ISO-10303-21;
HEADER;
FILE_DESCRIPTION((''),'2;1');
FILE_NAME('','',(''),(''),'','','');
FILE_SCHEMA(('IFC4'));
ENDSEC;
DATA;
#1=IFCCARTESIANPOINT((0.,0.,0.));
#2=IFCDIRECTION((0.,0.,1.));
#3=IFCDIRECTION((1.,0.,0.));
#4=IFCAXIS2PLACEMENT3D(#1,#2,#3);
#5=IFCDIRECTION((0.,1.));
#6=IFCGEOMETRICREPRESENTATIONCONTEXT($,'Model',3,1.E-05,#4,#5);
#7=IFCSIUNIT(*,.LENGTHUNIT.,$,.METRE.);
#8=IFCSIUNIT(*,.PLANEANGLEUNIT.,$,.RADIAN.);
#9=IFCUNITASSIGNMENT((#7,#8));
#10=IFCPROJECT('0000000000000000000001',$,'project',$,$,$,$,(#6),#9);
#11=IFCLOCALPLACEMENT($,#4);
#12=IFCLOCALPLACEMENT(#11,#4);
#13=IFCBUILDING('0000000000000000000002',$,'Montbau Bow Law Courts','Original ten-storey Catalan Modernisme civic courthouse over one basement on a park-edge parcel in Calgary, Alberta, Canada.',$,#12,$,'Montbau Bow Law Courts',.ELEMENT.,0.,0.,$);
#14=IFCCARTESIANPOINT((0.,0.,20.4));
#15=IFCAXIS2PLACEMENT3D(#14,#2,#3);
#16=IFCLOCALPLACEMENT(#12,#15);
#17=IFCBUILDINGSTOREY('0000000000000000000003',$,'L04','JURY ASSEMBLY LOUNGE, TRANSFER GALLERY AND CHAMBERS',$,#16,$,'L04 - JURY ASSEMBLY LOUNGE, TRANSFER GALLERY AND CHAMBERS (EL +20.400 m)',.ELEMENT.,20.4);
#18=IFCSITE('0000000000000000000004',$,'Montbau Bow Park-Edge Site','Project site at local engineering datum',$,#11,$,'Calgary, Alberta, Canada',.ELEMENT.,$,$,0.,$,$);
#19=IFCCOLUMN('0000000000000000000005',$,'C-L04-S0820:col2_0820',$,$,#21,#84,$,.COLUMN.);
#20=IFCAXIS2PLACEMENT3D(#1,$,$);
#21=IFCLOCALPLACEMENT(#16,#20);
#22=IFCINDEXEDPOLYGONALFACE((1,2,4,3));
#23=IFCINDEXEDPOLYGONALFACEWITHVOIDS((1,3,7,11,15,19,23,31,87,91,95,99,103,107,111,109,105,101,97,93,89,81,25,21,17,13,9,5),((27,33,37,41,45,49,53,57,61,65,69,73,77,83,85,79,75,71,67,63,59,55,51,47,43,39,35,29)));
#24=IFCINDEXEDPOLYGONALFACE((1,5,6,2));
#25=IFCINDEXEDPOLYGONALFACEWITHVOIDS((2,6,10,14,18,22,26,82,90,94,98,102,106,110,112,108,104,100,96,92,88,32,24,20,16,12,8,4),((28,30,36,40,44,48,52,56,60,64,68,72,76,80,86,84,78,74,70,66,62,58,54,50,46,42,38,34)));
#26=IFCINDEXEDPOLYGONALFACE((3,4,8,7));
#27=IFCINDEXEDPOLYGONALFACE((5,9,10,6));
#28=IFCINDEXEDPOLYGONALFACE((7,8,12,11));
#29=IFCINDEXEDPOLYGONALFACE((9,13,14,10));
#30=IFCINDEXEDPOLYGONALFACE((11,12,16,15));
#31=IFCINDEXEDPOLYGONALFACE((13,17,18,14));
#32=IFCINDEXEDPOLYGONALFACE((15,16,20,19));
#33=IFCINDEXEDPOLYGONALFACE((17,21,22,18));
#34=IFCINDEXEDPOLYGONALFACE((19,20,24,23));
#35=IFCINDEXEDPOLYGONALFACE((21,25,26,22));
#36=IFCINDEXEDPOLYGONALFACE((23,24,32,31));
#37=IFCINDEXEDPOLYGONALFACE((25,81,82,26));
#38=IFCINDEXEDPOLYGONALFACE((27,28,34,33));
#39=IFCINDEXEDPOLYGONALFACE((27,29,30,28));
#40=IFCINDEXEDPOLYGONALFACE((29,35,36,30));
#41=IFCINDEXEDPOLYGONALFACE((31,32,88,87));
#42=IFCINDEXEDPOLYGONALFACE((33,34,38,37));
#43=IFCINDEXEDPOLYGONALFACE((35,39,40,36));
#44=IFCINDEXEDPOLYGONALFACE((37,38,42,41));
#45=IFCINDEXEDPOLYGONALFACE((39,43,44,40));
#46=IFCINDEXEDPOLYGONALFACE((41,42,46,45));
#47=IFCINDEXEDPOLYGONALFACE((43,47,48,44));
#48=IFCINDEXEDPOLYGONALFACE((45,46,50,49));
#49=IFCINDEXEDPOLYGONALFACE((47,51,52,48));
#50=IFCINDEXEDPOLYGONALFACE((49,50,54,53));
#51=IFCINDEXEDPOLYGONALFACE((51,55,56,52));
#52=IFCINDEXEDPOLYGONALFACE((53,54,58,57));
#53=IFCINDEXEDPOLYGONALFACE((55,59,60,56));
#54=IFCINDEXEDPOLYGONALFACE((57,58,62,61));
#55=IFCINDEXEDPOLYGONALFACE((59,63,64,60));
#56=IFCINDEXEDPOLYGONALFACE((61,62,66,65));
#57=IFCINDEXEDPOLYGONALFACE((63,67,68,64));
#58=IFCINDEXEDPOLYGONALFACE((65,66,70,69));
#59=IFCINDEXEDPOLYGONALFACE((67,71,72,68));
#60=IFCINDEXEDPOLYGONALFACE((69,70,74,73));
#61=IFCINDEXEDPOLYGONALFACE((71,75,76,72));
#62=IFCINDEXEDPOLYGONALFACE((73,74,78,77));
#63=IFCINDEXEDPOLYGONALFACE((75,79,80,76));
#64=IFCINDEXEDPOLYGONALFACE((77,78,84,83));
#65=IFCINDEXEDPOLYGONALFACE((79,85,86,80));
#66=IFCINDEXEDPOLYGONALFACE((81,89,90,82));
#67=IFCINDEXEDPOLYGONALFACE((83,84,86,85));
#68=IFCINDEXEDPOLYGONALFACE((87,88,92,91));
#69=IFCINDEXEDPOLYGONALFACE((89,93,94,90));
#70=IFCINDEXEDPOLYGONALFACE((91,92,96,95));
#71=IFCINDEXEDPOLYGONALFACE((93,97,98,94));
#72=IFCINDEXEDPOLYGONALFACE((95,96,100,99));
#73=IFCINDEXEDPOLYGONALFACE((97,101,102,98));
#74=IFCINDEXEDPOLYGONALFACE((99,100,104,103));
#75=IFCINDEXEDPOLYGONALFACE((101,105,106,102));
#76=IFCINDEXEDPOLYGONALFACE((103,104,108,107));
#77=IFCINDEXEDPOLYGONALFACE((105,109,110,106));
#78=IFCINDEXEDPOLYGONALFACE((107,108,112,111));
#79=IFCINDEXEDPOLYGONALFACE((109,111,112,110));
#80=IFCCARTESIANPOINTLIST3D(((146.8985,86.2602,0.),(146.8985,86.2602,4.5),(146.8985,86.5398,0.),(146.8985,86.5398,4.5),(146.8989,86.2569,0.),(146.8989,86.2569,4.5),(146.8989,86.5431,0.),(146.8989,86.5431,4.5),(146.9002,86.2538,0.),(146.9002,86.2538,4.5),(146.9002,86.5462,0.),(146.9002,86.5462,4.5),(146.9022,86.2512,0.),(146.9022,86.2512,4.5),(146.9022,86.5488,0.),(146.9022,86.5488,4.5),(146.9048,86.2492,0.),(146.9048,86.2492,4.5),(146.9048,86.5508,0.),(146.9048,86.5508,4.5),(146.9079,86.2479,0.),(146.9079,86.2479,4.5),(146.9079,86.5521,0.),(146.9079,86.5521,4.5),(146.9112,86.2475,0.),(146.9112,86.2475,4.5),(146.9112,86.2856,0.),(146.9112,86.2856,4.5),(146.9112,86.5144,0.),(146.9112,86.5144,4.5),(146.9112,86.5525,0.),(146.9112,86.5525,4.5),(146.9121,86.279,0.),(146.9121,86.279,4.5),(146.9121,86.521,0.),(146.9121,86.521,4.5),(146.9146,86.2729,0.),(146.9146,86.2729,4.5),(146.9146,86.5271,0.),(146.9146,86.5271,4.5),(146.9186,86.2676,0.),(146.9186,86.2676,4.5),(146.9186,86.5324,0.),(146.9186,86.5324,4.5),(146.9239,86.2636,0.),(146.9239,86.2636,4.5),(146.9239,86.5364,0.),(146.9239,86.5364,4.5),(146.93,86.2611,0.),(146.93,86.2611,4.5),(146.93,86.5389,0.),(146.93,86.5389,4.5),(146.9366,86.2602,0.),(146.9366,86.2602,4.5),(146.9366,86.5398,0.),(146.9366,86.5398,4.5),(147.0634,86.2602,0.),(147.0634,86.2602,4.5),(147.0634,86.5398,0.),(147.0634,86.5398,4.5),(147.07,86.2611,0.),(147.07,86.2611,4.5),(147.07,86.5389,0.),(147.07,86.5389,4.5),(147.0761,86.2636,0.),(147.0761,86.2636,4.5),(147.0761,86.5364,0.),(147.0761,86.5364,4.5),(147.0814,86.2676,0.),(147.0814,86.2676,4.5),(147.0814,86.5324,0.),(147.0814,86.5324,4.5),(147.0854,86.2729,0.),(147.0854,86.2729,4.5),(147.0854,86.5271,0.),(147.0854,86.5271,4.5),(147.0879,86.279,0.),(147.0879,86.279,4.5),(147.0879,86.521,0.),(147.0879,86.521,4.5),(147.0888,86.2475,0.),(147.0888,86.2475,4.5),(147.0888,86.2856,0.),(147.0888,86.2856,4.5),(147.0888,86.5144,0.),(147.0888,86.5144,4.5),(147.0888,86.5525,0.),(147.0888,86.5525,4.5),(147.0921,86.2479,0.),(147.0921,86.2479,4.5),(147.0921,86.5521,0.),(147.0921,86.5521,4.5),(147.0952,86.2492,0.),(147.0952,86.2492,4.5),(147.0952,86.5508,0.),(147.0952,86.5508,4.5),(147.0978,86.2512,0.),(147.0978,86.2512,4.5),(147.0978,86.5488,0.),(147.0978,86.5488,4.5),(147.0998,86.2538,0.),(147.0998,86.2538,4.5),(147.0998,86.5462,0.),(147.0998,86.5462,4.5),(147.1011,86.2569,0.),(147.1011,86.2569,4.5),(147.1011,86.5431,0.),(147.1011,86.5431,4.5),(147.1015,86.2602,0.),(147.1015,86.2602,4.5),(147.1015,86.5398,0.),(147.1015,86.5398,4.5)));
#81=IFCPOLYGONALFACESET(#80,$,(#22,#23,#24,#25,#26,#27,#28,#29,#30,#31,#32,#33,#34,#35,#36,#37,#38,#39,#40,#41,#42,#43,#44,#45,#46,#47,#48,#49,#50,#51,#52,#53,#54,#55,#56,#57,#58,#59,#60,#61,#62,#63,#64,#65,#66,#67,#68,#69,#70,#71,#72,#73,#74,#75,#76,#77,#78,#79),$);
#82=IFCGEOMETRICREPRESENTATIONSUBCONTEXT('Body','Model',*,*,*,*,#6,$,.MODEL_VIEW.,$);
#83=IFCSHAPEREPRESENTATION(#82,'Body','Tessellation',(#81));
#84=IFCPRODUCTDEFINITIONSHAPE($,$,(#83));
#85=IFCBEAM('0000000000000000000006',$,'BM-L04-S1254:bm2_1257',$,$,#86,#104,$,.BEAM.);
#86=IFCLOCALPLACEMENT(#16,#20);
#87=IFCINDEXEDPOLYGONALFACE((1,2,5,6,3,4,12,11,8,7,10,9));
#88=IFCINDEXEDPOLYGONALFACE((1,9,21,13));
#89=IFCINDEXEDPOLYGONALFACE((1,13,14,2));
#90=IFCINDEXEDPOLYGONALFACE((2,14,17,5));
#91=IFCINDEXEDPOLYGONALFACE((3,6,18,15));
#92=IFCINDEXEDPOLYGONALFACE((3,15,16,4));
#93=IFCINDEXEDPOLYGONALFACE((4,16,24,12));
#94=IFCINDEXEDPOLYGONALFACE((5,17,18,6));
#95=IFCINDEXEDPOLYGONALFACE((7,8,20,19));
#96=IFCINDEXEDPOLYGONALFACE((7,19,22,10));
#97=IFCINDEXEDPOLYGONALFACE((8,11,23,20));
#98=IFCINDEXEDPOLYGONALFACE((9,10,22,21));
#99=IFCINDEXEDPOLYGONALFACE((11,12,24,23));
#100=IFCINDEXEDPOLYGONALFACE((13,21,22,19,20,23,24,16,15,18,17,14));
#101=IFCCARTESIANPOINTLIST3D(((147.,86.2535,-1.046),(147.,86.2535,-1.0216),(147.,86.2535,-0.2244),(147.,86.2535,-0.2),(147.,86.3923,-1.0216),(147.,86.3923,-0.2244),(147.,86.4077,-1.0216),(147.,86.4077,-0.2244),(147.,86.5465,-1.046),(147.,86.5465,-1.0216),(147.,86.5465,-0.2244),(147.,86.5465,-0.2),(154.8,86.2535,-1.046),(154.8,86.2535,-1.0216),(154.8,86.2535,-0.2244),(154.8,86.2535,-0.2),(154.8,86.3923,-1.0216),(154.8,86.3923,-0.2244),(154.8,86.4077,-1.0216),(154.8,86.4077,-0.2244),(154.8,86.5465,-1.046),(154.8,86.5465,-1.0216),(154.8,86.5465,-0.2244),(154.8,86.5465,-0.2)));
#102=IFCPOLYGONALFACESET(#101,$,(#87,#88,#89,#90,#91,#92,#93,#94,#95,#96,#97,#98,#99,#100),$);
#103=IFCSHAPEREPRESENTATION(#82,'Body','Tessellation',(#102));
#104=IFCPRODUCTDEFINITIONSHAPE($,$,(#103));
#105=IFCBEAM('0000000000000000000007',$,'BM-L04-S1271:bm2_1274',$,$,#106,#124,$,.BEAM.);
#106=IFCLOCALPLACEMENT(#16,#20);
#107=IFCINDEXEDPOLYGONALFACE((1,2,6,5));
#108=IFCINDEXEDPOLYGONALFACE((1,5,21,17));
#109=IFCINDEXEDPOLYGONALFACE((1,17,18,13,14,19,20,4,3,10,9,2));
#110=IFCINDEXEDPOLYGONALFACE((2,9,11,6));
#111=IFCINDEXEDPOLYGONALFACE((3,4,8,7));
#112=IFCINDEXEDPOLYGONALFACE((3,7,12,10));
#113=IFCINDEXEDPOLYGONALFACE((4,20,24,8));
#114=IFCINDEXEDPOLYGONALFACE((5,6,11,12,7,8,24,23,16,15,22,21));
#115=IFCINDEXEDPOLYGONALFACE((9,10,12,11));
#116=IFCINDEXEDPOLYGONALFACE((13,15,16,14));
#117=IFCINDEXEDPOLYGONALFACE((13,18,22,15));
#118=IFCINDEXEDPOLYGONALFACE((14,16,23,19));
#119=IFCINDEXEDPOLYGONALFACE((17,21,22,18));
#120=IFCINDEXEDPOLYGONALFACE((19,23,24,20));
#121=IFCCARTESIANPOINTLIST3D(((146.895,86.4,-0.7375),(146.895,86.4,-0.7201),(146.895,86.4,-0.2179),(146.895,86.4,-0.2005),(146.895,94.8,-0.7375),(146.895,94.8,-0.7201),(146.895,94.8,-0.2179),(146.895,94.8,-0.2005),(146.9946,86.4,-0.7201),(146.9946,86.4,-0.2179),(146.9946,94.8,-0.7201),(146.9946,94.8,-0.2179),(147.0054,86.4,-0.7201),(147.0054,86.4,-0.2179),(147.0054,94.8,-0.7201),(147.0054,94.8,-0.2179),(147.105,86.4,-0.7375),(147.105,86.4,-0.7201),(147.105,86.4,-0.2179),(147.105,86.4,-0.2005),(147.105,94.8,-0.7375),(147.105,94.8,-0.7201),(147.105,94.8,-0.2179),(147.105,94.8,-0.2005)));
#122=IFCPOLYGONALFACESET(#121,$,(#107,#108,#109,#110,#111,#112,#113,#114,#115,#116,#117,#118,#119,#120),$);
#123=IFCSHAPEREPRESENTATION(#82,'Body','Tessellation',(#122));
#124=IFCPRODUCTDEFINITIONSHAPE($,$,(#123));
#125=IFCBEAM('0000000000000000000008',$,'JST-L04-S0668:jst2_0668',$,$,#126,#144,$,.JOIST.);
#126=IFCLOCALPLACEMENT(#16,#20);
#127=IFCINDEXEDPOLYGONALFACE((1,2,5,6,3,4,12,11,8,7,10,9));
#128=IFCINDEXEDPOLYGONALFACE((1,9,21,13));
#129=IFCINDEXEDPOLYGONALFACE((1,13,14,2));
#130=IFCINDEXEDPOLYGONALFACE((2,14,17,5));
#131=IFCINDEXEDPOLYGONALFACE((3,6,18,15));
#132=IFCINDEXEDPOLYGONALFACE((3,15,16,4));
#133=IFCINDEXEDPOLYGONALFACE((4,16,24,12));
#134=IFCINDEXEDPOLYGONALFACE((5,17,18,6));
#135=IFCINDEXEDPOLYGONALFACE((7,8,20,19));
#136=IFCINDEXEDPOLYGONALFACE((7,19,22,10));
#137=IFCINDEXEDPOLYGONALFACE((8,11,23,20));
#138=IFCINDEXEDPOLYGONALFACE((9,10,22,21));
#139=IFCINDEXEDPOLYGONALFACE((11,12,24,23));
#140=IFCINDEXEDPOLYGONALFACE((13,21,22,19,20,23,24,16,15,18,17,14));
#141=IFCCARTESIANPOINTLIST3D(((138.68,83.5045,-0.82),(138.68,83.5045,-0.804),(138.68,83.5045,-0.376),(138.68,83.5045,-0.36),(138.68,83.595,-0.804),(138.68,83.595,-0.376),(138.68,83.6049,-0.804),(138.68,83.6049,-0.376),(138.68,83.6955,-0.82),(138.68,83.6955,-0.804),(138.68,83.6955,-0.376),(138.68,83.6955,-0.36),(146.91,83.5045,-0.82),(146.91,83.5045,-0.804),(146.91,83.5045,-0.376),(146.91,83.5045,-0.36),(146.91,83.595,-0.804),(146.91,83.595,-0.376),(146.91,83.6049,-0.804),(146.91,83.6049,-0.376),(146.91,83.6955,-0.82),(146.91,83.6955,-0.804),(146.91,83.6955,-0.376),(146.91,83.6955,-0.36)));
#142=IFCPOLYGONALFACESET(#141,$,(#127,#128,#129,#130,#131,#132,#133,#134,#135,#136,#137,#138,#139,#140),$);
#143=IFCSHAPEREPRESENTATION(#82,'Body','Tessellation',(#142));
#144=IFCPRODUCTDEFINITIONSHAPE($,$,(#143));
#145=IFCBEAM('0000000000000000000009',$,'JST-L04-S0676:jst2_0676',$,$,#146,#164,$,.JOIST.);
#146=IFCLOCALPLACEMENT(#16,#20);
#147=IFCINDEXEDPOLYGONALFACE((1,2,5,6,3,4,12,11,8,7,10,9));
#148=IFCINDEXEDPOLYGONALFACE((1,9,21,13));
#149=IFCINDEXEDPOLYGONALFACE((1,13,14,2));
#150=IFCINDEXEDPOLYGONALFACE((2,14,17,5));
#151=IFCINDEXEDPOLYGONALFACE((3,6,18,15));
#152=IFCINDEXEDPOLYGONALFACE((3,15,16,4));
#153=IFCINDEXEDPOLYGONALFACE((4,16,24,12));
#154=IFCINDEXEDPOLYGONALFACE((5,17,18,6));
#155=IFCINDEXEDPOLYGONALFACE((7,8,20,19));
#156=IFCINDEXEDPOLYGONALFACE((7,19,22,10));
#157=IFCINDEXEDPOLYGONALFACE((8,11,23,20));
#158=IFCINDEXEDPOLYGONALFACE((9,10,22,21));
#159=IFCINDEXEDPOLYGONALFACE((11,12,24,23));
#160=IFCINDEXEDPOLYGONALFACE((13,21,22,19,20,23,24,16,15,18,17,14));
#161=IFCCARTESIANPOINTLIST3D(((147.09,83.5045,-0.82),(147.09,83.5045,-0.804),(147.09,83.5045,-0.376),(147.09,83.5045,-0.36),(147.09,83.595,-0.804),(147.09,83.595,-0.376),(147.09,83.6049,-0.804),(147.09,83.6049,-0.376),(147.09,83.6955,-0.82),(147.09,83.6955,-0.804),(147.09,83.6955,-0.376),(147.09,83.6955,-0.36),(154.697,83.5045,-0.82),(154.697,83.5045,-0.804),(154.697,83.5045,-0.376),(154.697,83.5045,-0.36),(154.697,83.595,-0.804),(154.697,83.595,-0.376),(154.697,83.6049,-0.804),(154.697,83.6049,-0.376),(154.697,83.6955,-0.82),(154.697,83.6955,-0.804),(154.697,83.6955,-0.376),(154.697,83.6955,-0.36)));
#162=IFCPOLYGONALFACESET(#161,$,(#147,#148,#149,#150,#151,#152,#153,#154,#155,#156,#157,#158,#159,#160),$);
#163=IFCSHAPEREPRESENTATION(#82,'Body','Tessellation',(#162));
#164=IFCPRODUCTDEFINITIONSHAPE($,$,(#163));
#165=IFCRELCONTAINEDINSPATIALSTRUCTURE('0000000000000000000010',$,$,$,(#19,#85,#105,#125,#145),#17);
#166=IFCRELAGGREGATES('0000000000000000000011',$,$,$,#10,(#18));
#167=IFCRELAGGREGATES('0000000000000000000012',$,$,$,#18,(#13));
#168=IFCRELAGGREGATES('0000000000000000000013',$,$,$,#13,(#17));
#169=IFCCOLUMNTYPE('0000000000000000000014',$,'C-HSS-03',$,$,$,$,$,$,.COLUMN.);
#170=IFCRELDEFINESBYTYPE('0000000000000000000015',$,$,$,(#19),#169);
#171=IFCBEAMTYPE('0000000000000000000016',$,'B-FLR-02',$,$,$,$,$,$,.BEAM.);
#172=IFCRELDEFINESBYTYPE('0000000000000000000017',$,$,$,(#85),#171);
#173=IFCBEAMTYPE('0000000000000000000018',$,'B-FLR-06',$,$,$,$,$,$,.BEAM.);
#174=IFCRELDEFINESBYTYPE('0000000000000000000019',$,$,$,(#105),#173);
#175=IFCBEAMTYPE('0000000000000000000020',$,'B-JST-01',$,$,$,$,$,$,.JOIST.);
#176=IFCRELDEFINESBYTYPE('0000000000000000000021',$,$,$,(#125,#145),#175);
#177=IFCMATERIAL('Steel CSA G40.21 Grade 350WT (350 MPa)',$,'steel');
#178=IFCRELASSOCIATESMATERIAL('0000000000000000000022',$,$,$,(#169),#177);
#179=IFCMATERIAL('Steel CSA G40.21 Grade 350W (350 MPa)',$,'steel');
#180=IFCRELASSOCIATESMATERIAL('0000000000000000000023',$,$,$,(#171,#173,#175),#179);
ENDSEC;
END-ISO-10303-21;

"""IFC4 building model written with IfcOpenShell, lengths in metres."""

from ifc_helpers import new_model, si_unit, direction, frame, origin_with_axes, origin_2d_with_axis, place, context, subcontext, project, spatial, hollow_rectangle, i_section, extrude, material, material_profile, profile_set, type_object, element, save


model = new_model("IFC4")

# Units and contexts
model_context = context("Model", 3, precision=1e-05, world=origin_with_axes(), true_north=direction((0.0, 1.0)))
body_context = subcontext(model_context, "Body", "Model", "MODEL_VIEW")
ifc_project = project(units=[si_unit("LENGTHUNIT", "METRE"), si_unit("PLANEANGLEUNIT", "RADIAN")], contexts=[model_context])

# Site, building, storey
site_placement = place(None, origin_with_axes())
site = spatial("IfcSite", under=ifc_project, at=site_placement, Name="Montbau Bow Park-Edge Site", Description="Project site at local engineering datum", LongName="Calgary, Alberta, Canada", CompositionType="ELEMENT", RefElevation=0.0)
building_placement = place(site_placement, origin_with_axes())
building = spatial("IfcBuilding", under=site, at=building_placement, Name="Montbau Bow Law Courts", Description="Original ten-storey Catalan Modernisme civic courthouse over one basement on a park-edge parcel in Calgary, Alberta, Canada.", LongName="Montbau Bow Law Courts", CompositionType="ELEMENT", ElevationOfRefHeight=0.0, ElevationOfTerrain=0.0)
storey_placement = place(building_placement, frame((0.0, 0.0, 20.4), z_axis=(0.0, 0.0, 1.0), x_axis=(1.0, 0.0, 0.0)))
storey = spatial("IfcBuildingStorey", under=building, at=storey_placement, Name="L04", Description="JURY ASSEMBLY LOUNGE, TRANSFER GALLERY AND CHAMBERS", LongName="L04 - JURY ASSEMBLY LOUNGE, TRANSFER GALLERY AND CHAMBERS (EL +20.400 m)", CompositionType="ELEMENT", Elevation=20.4)

# Column
ifc_material_1 = material(Name="Steel CSA G40.21 Grade 350WT (350 MPa)", Category="steel")
ifc_material_profile_1 = material_profile(ifc_material_1, hollow_rectangle(XDim=0.203, YDim=0.305, WallThickness=0.0127, InnerFilletRadius=0.0254, OuterFilletRadius=0.0127, at=origin_2d_with_axis()), Name="HSS305X203X13", Category="Main", Priority=0)
ifc_profile_set_1 = profile_set([ifc_material_profile_1], Name="Steel CSA G40.21 Grade 350WT (350 MPa)")
column_type = type_object("IfcColumnType", Name="C-HSS-03", PredefinedType="COLUMN", material=ifc_profile_set_1)
column_placement = place(None, frame((147.0, 86.4, 20.4), z_axis=(0.0, 0.0, 1.0), x_axis=(1.0, 0.0, 0.0)))
element("IfcColumn", 1, at=column_placement, inside=storey, type_object=column_type, Name="C-L04-S0820:col2_0820", PredefinedType="COLUMN", context=body_context, shape_type="SweptSolid", body=[
    extrude(hollow_rectangle(XDim=0.203, YDim=0.305, WallThickness=0.0127, InnerFilletRadius=0.0254, OuterFilletRadius=0.0127, at=origin_2d_with_axis()), origin_with_axes(), (0.0, 0.0, 1.0), 4.5),
])

# Beams
ifc_material_2 = material(Name="Steel CSA G40.21 Grade 350W (350 MPa)", Category="steel")
ifc_material_profile_2 = material_profile(ifc_material_2, i_section(OverallWidth=0.293, OverallDepth=0.846, WebThickness=0.0154, FlangeThickness=0.0244, at=origin_2d_with_axis()), Name="W840X210", Category="Main", Priority=0)
ifc_profile_set_2 = profile_set([ifc_material_profile_2], Name="Steel CSA G40.21 Grade 350W (350 MPa)")
beam_type_1 = type_object("IfcBeamType", Name="B-FLR-02", PredefinedType="BEAM", material=ifc_profile_set_2)
beam_1_placement = place(None, frame((147.0, 86.4, 19.777), z_axis=(1.0, 0.0, 0.0), x_axis=(0.0, 1.0, 0.0)))
element("IfcBeam", 2, at=beam_1_placement, inside=storey, type_object=beam_type_1, Name="BM-L04-S1254:bm2_1257", PredefinedType="BEAM", context=body_context, shape_type="SweptSolid", body=[
    extrude(i_section(OverallWidth=0.293, OverallDepth=0.846, WebThickness=0.0154, FlangeThickness=0.0244, at=origin_2d_with_axis()), origin_with_axes(), (0.0, 0.0, 1.0), 7.8),
])
ifc_material_profile_3 = material_profile(ifc_material_2, i_section(OverallWidth=0.21, OverallDepth=0.537, WebThickness=0.0109, FlangeThickness=0.0174, at=origin_2d_with_axis()), Name="W530X101", Category="Main", Priority=0)
ifc_profile_set_3 = profile_set([ifc_material_profile_3], Name="Steel CSA G40.21 Grade 350W (350 MPa)")
beam_type_2 = type_object("IfcBeamType", Name="B-FLR-06", PredefinedType="BEAM", material=ifc_profile_set_3)
beam_2_placement = place(None, frame((147.0, 86.4, 19.931), z_axis=(0.0, 1.0, 0.0), x_axis=(-1.0, 0.0, 0.0)))
element("IfcBeam", 3, at=beam_2_placement, inside=storey, type_object=beam_type_2, Name="BM-L04-S1271:bm2_1274", PredefinedType="BEAM", context=body_context, shape_type="SweptSolid", body=[
    extrude(i_section(OverallWidth=0.21, OverallDepth=0.537, WebThickness=0.0109, FlangeThickness=0.0174, at=origin_2d_with_axis()), origin_with_axes(), (0.0, 0.0, 1.0), 8.4),
])
ifc_material_profile_4 = material_profile(ifc_material_2, i_section(OverallWidth=0.191, OverallDepth=0.46, WebThickness=0.0099, FlangeThickness=0.016, at=origin_2d_with_axis()), Name="W460X82", Category="Main", Priority=0)
ifc_profile_set_4 = profile_set([ifc_material_profile_4], Name="Steel CSA G40.21 Grade 350W (350 MPa)")
beam_type_3 = type_object("IfcBeamType", Name="B-JST-01", PredefinedType="JOIST", material=ifc_profile_set_4)
beam_3_placement = place(None, frame((138.68, 83.6, 19.81), z_axis=(1.0, 0.0, 0.0), x_axis=(0.0, 1.0, 0.0)))
element("IfcBeam", 4, at=beam_3_placement, inside=storey, type_object=beam_type_3, Name="JST-L04-S0668:jst2_0668", PredefinedType="JOIST", context=body_context, shape_type="SweptSolid", body=[
    extrude(i_section(OverallWidth=0.191, OverallDepth=0.46, WebThickness=0.0099, FlangeThickness=0.016, at=origin_2d_with_axis()), origin_with_axes(), (0.0, 0.0, 1.0), 8.23),
])
beam_4_placement = place(None, frame((147.09, 83.6, 19.81), z_axis=(1.0, 0.0, 0.0), x_axis=(0.0, 1.0, 0.0)))
element("IfcBeam", 5, at=beam_4_placement, inside=storey, type_object=beam_type_3, Name="JST-L04-S0676:jst2_0676", PredefinedType="JOIST", context=body_context, shape_type="SweptSolid", body=[
    extrude(i_section(OverallWidth=0.191, OverallDepth=0.46, WebThickness=0.0099, FlangeThickness=0.016, at=origin_2d_with_axis()), origin_with_axes(), (0.0, 0.0, 1.0), 7.607),
])

save(model, "model.ifc")
